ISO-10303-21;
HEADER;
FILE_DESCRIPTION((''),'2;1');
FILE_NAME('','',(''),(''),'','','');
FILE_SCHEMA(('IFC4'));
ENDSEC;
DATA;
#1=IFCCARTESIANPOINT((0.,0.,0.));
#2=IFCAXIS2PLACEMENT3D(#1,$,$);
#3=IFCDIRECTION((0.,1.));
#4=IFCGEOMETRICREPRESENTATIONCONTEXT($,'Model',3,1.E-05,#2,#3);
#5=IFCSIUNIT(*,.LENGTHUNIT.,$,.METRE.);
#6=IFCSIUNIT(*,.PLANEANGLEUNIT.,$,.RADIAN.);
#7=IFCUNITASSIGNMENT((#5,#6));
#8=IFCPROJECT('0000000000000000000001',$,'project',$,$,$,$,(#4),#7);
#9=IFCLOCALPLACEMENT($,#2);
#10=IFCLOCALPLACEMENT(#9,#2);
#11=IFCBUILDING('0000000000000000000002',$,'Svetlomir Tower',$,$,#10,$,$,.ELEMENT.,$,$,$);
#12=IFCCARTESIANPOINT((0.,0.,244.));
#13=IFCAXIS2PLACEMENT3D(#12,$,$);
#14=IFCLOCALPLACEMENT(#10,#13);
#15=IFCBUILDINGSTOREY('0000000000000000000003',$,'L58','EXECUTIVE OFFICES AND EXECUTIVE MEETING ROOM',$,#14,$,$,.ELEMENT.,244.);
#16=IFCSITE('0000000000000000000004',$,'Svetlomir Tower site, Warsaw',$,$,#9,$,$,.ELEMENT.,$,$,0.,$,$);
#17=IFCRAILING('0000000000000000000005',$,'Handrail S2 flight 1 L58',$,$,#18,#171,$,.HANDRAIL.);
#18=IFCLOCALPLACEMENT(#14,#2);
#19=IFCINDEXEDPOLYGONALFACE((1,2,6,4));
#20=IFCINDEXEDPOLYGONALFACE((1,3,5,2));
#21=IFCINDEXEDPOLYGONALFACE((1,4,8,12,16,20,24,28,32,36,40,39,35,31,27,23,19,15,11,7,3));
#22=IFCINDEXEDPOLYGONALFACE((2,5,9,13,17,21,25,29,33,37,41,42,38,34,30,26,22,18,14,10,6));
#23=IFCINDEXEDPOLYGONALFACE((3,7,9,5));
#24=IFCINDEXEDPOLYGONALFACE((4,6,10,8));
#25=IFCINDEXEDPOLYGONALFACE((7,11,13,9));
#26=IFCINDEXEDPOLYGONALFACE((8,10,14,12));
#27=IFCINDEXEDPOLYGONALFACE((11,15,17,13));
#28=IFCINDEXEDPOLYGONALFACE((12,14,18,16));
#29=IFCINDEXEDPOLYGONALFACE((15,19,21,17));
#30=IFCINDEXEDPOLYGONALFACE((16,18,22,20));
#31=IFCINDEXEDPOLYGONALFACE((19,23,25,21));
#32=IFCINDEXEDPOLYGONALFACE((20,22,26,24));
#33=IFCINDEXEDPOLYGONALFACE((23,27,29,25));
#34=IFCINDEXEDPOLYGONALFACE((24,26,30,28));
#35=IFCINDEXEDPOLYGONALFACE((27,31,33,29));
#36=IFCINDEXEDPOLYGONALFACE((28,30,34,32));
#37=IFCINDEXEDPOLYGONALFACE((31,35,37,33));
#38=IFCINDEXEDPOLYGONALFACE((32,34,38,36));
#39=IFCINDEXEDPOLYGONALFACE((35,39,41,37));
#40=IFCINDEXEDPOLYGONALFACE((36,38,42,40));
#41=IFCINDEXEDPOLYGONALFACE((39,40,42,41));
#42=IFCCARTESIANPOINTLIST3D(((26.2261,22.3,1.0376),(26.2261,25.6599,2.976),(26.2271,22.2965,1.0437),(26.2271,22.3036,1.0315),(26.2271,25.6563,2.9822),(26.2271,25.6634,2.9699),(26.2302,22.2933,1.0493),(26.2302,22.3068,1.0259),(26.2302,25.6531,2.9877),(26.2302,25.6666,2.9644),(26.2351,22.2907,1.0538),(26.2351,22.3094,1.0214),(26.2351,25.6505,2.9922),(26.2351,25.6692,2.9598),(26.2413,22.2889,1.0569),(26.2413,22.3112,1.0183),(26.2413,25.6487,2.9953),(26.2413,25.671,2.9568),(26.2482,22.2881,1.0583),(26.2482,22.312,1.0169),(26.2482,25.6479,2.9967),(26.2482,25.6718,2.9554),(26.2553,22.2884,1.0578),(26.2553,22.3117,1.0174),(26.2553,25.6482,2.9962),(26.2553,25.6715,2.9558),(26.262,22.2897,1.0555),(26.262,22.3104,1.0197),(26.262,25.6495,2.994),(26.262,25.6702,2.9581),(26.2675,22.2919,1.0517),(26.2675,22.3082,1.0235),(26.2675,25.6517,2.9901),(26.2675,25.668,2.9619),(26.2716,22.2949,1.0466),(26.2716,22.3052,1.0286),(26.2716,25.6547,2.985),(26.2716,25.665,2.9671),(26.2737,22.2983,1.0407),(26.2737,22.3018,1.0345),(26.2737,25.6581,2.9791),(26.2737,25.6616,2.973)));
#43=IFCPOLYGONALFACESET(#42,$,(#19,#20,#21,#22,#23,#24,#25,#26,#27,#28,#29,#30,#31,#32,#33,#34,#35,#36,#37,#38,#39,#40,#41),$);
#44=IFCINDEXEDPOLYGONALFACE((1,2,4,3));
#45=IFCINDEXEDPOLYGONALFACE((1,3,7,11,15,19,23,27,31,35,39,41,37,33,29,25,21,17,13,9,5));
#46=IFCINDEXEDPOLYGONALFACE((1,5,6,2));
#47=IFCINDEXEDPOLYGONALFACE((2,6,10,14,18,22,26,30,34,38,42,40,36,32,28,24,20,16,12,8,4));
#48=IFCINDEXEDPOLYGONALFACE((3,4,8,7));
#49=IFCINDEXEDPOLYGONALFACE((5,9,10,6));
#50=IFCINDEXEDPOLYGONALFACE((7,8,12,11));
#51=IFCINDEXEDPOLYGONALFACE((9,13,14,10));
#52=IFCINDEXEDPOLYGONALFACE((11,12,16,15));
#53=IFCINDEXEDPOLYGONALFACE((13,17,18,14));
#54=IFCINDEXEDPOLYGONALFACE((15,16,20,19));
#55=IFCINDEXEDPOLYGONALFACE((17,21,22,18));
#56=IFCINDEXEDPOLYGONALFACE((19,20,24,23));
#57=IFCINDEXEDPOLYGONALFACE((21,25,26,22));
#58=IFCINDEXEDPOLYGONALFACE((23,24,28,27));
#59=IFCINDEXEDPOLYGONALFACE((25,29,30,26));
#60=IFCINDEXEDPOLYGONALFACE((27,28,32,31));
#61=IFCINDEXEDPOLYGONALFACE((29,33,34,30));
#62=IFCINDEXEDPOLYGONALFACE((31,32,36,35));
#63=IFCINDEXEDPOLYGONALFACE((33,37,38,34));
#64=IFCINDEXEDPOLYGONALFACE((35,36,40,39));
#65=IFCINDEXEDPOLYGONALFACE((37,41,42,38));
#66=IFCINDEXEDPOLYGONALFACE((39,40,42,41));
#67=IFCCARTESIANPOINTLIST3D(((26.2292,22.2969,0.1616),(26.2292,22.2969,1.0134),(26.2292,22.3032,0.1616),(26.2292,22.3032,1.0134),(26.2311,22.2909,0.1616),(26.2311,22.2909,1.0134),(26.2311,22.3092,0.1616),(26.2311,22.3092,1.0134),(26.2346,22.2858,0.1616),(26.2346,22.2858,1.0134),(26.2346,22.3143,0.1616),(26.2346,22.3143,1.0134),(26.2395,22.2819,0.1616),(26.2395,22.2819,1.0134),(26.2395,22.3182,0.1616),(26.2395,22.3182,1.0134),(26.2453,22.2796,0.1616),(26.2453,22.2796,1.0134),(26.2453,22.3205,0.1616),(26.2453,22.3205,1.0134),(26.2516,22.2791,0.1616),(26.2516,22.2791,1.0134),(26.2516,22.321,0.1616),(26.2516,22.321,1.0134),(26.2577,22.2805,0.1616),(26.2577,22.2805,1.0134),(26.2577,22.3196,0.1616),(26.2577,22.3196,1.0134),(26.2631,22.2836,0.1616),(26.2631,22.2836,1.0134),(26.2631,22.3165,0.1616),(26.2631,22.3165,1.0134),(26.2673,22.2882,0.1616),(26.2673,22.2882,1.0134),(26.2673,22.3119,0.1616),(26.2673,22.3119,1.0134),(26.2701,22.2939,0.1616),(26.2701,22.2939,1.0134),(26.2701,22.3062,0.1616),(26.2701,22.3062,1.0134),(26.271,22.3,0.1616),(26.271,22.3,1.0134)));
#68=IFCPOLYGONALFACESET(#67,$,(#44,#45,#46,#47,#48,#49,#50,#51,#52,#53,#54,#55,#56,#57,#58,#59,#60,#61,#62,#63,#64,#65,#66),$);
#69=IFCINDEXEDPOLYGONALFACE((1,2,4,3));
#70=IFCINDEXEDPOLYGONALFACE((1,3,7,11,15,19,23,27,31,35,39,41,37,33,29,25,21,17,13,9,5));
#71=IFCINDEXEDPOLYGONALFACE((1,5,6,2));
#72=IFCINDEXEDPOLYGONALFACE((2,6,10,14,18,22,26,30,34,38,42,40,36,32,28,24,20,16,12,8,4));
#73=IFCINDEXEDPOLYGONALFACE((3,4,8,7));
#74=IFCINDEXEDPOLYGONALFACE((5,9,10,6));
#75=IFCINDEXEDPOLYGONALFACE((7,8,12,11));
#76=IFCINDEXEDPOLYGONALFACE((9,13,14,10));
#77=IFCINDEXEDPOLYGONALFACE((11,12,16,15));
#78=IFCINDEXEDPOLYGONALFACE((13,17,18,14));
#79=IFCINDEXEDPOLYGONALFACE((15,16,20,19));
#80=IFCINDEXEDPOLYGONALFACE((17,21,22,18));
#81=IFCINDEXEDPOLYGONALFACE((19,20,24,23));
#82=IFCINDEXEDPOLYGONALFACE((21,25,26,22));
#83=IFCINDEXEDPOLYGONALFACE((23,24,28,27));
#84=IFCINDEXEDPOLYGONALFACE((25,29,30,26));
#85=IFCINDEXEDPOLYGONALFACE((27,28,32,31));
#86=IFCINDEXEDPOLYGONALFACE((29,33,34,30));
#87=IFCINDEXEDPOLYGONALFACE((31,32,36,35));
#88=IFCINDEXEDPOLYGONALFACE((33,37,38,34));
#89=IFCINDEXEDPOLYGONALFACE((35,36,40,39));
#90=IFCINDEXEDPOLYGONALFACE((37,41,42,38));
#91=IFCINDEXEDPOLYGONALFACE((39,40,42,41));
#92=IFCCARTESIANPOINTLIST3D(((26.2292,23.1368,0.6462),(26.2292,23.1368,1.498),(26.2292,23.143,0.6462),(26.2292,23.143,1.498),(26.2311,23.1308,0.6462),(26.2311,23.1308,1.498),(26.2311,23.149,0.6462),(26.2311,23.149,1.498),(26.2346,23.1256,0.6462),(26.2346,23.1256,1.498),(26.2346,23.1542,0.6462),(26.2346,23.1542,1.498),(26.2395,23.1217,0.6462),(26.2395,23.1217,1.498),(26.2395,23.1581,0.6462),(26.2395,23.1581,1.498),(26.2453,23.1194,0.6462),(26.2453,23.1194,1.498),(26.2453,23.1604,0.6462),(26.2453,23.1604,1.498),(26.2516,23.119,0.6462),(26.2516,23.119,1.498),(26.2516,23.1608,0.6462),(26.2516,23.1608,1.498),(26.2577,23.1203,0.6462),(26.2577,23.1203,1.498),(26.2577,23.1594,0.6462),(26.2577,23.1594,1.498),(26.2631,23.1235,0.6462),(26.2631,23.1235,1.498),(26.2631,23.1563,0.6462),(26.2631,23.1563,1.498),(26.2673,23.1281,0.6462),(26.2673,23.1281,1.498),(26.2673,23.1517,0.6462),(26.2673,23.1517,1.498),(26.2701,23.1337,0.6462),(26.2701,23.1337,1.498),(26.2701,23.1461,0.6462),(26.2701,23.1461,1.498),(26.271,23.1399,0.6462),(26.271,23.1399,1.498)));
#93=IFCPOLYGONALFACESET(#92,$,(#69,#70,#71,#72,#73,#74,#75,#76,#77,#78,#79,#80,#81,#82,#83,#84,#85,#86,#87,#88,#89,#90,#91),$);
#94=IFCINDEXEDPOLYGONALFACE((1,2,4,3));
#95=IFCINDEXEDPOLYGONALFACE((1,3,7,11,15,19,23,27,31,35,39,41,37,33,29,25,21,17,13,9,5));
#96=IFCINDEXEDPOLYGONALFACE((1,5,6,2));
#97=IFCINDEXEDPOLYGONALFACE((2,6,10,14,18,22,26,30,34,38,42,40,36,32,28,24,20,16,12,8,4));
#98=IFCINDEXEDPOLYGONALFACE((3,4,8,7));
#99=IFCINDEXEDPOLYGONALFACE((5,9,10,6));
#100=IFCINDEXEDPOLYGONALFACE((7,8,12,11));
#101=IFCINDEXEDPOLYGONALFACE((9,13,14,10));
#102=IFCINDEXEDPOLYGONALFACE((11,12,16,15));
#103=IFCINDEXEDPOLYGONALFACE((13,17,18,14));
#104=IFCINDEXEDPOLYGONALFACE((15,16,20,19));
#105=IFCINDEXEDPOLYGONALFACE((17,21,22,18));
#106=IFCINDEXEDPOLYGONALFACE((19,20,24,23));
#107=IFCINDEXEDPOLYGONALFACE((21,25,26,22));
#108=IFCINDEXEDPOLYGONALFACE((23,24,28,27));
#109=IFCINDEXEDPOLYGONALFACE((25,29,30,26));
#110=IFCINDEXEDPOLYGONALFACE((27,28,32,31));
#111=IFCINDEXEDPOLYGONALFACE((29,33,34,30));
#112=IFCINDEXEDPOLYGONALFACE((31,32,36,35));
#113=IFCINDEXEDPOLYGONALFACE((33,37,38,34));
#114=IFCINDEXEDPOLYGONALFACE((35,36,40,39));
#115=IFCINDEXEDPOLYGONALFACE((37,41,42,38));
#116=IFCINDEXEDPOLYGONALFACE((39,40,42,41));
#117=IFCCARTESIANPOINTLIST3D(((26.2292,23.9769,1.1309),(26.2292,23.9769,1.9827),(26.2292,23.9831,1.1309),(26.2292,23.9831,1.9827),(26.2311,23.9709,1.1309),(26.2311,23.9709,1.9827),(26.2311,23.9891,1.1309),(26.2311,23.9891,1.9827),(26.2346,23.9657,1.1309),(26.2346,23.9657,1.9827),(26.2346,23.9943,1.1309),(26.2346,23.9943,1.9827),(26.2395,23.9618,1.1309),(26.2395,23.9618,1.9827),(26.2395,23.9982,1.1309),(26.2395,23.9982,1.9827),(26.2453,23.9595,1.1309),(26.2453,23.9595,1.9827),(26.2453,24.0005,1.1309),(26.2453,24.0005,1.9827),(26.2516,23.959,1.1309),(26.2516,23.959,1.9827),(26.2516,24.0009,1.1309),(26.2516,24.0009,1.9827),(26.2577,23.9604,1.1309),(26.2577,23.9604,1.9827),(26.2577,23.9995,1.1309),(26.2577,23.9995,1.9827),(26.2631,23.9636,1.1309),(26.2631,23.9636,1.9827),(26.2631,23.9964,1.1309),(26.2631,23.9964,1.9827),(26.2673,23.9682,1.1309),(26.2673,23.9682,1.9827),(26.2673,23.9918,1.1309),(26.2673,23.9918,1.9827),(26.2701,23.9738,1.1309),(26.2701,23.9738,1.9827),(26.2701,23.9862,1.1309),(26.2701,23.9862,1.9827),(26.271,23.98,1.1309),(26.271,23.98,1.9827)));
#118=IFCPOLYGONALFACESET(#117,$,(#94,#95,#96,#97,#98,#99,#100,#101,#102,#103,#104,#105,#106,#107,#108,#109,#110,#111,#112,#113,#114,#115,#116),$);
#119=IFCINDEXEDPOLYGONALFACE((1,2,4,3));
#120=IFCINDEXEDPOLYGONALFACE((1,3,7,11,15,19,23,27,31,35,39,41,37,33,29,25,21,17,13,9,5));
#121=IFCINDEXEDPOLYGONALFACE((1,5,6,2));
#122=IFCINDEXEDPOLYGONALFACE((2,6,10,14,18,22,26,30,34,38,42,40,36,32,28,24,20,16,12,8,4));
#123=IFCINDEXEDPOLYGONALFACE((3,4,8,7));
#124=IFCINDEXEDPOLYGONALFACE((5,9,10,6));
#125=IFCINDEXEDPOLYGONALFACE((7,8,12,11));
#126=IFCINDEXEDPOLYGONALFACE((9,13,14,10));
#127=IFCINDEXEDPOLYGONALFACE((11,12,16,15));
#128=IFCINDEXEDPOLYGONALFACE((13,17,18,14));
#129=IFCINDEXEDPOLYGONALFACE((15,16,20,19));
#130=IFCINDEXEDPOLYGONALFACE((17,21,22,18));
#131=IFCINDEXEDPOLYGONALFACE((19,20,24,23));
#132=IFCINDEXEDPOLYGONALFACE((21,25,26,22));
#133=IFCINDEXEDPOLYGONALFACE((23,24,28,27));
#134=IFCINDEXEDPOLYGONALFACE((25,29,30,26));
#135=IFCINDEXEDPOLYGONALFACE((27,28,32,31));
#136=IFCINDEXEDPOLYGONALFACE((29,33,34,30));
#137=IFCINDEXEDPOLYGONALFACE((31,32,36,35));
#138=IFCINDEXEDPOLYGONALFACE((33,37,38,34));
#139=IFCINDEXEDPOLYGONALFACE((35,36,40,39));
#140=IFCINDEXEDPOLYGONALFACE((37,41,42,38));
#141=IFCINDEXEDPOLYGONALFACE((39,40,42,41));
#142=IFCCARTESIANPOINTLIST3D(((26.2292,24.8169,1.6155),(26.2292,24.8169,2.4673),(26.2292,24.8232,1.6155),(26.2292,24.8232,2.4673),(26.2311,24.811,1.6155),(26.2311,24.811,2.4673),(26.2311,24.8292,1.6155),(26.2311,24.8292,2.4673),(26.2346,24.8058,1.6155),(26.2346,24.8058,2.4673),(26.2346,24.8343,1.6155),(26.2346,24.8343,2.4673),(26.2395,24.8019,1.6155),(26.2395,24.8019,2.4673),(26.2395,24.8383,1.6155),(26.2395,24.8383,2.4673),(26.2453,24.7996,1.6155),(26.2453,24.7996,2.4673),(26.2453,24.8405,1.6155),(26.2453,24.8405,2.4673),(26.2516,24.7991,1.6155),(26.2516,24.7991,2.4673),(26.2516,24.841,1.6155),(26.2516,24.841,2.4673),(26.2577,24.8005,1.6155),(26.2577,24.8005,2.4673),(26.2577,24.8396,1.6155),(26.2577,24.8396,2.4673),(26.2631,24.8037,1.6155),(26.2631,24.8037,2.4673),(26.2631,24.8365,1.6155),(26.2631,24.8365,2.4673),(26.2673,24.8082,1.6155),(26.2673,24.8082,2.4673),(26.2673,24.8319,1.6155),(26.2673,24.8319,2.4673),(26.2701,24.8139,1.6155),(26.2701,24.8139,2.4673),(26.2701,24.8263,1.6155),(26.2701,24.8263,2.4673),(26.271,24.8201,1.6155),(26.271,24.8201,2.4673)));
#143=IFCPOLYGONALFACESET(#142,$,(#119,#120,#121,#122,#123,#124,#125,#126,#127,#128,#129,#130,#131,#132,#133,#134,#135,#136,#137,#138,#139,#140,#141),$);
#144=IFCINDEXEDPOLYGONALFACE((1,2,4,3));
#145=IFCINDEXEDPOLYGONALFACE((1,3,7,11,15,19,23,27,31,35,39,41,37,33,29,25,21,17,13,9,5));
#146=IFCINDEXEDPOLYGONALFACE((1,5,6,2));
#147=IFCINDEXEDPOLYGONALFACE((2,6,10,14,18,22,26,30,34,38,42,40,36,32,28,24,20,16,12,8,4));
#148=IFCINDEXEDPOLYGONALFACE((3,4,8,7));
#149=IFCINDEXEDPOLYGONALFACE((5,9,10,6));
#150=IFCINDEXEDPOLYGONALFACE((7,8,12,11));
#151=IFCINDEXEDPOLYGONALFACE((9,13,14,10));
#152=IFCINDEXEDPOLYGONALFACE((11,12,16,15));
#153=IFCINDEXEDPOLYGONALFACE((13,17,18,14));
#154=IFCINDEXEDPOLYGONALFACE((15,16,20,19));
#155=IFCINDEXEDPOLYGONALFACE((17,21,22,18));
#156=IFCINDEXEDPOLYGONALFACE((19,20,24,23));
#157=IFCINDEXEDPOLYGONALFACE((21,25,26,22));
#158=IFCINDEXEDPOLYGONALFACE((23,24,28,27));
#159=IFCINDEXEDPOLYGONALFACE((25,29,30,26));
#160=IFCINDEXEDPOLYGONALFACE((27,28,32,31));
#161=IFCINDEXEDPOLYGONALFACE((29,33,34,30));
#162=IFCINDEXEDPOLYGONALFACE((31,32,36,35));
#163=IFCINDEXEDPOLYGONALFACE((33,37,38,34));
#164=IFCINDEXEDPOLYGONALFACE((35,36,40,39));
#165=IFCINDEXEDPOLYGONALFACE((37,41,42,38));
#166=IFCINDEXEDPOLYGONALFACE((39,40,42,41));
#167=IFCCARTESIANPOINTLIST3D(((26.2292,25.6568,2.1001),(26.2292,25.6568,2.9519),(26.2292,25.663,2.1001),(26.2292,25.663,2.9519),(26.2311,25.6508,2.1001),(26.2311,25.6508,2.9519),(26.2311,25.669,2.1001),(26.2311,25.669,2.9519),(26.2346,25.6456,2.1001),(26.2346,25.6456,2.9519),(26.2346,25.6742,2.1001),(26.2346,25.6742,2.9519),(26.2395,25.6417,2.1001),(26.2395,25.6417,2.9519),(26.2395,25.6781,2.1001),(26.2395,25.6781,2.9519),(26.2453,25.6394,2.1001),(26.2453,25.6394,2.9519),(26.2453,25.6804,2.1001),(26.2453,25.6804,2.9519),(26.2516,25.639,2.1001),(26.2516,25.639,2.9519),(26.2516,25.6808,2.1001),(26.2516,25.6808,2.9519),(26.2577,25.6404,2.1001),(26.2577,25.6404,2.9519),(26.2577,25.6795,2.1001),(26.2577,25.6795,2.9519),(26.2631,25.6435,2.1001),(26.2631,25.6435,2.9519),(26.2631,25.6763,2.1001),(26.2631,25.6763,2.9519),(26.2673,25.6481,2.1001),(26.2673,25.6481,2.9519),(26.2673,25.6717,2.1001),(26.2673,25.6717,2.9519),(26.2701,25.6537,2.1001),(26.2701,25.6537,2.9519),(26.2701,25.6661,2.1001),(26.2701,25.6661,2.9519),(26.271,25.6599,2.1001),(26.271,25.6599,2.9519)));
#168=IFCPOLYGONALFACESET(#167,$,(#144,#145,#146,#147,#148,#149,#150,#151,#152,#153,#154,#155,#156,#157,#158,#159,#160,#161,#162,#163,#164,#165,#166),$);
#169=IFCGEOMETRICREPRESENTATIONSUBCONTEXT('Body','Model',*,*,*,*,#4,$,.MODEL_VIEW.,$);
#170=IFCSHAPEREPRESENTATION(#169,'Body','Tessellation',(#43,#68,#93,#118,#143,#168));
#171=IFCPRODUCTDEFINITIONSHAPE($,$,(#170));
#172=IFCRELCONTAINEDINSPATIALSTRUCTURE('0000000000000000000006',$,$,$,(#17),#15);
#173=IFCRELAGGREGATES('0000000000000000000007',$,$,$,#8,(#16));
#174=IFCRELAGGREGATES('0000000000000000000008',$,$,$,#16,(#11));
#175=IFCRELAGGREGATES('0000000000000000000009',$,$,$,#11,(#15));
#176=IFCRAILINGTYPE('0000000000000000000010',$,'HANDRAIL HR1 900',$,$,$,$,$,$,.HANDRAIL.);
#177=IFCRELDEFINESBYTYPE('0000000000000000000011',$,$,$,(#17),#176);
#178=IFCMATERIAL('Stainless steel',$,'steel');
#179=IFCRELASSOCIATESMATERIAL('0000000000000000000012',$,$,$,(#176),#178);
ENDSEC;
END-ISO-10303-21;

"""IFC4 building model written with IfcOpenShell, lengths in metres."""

from ifc_helpers import new_model, si_unit, direction, frame, origin, origin_2d, place, context, subcontext, project, spatial, circle, extrude, material, type_object, element, save


model = new_model("IFC4")

# Units and contexts
model_context = context("Model", 3, precision=1e-05, world=origin(), true_north=direction((0.0, 1.0)))
body_context = subcontext(model_context, "Body", "Model", "MODEL_VIEW")
ifc_project = project(units=[si_unit("LENGTHUNIT", "METRE"), si_unit("PLANEANGLEUNIT", "RADIAN")], contexts=[model_context])

# Site, building, storey
site_placement = place(None, origin())
site = spatial("IfcSite", under=ifc_project, at=site_placement, Name="Svetlomir Tower site, Warsaw", CompositionType="ELEMENT", RefElevation=0.0)
building_placement = place(site_placement, origin())
building = spatial("IfcBuilding", under=site, at=building_placement, Name="Svetlomir Tower", CompositionType="ELEMENT")
storey_placement = place(building_placement, frame((0.0, 0.0, 244.0)))
storey = spatial("IfcBuildingStorey", under=building, at=storey_placement, Name="L58", Description="EXECUTIVE OFFICES AND EXECUTIVE MEETING ROOM", CompositionType="ELEMENT", Elevation=244.0)

# Railing
ifc_material_1 = material(Name="Stainless steel", Category="steel")
railing_type = type_object("IfcRailingType", Name="HANDRAIL HR1 900", PredefinedType="HANDRAIL", material=ifc_material_1)
railing_1_placement = place(storey_placement, frame((26.25, 22.3, 0.1616)))
element("IfcRailing", 1, at=railing_1_placement, inside=storey, type_object=railing_type, Name="Handrail S2 flight 1 L58", PredefinedType="HANDRAIL", context=body_context, shape_type="SweptSolid", body=[
    extrude(circle(Radius=0.0239, at=origin_2d()), frame((0.0, 0.0, 0.876), z_axis=(0.0, 0.866175, 0.499741), x_axis=(-1.0, 0.0, 0.0)), (0.0, 0.0, 1.0), 3.8789),
    extrude(circle(Radius=0.021, at=origin_2d()), origin(), (0.0, 0.0, 1.0), 0.8518),
    extrude(circle(Radius=0.021, at=origin_2d()), frame((0.0, 0.8398, 0.4846)), (0.0, 0.0, 1.0), 0.8518),
    extrude(circle(Radius=0.021, at=origin_2d()), frame((0.0, 1.6799, 0.9692)), (0.0, 0.0, 1.0), 0.8518),
    extrude(circle(Radius=0.021, at=origin_2d()), frame((0.0, 2.52, 1.4539)), (0.0, 0.0, 1.0), 0.8518),
    extrude(circle(Radius=0.021, at=origin_2d()), frame((0.0, 3.3599, 1.9385)), (0.0, 0.0, 1.0), 0.8518),
])

save(model, "model.ifc")
